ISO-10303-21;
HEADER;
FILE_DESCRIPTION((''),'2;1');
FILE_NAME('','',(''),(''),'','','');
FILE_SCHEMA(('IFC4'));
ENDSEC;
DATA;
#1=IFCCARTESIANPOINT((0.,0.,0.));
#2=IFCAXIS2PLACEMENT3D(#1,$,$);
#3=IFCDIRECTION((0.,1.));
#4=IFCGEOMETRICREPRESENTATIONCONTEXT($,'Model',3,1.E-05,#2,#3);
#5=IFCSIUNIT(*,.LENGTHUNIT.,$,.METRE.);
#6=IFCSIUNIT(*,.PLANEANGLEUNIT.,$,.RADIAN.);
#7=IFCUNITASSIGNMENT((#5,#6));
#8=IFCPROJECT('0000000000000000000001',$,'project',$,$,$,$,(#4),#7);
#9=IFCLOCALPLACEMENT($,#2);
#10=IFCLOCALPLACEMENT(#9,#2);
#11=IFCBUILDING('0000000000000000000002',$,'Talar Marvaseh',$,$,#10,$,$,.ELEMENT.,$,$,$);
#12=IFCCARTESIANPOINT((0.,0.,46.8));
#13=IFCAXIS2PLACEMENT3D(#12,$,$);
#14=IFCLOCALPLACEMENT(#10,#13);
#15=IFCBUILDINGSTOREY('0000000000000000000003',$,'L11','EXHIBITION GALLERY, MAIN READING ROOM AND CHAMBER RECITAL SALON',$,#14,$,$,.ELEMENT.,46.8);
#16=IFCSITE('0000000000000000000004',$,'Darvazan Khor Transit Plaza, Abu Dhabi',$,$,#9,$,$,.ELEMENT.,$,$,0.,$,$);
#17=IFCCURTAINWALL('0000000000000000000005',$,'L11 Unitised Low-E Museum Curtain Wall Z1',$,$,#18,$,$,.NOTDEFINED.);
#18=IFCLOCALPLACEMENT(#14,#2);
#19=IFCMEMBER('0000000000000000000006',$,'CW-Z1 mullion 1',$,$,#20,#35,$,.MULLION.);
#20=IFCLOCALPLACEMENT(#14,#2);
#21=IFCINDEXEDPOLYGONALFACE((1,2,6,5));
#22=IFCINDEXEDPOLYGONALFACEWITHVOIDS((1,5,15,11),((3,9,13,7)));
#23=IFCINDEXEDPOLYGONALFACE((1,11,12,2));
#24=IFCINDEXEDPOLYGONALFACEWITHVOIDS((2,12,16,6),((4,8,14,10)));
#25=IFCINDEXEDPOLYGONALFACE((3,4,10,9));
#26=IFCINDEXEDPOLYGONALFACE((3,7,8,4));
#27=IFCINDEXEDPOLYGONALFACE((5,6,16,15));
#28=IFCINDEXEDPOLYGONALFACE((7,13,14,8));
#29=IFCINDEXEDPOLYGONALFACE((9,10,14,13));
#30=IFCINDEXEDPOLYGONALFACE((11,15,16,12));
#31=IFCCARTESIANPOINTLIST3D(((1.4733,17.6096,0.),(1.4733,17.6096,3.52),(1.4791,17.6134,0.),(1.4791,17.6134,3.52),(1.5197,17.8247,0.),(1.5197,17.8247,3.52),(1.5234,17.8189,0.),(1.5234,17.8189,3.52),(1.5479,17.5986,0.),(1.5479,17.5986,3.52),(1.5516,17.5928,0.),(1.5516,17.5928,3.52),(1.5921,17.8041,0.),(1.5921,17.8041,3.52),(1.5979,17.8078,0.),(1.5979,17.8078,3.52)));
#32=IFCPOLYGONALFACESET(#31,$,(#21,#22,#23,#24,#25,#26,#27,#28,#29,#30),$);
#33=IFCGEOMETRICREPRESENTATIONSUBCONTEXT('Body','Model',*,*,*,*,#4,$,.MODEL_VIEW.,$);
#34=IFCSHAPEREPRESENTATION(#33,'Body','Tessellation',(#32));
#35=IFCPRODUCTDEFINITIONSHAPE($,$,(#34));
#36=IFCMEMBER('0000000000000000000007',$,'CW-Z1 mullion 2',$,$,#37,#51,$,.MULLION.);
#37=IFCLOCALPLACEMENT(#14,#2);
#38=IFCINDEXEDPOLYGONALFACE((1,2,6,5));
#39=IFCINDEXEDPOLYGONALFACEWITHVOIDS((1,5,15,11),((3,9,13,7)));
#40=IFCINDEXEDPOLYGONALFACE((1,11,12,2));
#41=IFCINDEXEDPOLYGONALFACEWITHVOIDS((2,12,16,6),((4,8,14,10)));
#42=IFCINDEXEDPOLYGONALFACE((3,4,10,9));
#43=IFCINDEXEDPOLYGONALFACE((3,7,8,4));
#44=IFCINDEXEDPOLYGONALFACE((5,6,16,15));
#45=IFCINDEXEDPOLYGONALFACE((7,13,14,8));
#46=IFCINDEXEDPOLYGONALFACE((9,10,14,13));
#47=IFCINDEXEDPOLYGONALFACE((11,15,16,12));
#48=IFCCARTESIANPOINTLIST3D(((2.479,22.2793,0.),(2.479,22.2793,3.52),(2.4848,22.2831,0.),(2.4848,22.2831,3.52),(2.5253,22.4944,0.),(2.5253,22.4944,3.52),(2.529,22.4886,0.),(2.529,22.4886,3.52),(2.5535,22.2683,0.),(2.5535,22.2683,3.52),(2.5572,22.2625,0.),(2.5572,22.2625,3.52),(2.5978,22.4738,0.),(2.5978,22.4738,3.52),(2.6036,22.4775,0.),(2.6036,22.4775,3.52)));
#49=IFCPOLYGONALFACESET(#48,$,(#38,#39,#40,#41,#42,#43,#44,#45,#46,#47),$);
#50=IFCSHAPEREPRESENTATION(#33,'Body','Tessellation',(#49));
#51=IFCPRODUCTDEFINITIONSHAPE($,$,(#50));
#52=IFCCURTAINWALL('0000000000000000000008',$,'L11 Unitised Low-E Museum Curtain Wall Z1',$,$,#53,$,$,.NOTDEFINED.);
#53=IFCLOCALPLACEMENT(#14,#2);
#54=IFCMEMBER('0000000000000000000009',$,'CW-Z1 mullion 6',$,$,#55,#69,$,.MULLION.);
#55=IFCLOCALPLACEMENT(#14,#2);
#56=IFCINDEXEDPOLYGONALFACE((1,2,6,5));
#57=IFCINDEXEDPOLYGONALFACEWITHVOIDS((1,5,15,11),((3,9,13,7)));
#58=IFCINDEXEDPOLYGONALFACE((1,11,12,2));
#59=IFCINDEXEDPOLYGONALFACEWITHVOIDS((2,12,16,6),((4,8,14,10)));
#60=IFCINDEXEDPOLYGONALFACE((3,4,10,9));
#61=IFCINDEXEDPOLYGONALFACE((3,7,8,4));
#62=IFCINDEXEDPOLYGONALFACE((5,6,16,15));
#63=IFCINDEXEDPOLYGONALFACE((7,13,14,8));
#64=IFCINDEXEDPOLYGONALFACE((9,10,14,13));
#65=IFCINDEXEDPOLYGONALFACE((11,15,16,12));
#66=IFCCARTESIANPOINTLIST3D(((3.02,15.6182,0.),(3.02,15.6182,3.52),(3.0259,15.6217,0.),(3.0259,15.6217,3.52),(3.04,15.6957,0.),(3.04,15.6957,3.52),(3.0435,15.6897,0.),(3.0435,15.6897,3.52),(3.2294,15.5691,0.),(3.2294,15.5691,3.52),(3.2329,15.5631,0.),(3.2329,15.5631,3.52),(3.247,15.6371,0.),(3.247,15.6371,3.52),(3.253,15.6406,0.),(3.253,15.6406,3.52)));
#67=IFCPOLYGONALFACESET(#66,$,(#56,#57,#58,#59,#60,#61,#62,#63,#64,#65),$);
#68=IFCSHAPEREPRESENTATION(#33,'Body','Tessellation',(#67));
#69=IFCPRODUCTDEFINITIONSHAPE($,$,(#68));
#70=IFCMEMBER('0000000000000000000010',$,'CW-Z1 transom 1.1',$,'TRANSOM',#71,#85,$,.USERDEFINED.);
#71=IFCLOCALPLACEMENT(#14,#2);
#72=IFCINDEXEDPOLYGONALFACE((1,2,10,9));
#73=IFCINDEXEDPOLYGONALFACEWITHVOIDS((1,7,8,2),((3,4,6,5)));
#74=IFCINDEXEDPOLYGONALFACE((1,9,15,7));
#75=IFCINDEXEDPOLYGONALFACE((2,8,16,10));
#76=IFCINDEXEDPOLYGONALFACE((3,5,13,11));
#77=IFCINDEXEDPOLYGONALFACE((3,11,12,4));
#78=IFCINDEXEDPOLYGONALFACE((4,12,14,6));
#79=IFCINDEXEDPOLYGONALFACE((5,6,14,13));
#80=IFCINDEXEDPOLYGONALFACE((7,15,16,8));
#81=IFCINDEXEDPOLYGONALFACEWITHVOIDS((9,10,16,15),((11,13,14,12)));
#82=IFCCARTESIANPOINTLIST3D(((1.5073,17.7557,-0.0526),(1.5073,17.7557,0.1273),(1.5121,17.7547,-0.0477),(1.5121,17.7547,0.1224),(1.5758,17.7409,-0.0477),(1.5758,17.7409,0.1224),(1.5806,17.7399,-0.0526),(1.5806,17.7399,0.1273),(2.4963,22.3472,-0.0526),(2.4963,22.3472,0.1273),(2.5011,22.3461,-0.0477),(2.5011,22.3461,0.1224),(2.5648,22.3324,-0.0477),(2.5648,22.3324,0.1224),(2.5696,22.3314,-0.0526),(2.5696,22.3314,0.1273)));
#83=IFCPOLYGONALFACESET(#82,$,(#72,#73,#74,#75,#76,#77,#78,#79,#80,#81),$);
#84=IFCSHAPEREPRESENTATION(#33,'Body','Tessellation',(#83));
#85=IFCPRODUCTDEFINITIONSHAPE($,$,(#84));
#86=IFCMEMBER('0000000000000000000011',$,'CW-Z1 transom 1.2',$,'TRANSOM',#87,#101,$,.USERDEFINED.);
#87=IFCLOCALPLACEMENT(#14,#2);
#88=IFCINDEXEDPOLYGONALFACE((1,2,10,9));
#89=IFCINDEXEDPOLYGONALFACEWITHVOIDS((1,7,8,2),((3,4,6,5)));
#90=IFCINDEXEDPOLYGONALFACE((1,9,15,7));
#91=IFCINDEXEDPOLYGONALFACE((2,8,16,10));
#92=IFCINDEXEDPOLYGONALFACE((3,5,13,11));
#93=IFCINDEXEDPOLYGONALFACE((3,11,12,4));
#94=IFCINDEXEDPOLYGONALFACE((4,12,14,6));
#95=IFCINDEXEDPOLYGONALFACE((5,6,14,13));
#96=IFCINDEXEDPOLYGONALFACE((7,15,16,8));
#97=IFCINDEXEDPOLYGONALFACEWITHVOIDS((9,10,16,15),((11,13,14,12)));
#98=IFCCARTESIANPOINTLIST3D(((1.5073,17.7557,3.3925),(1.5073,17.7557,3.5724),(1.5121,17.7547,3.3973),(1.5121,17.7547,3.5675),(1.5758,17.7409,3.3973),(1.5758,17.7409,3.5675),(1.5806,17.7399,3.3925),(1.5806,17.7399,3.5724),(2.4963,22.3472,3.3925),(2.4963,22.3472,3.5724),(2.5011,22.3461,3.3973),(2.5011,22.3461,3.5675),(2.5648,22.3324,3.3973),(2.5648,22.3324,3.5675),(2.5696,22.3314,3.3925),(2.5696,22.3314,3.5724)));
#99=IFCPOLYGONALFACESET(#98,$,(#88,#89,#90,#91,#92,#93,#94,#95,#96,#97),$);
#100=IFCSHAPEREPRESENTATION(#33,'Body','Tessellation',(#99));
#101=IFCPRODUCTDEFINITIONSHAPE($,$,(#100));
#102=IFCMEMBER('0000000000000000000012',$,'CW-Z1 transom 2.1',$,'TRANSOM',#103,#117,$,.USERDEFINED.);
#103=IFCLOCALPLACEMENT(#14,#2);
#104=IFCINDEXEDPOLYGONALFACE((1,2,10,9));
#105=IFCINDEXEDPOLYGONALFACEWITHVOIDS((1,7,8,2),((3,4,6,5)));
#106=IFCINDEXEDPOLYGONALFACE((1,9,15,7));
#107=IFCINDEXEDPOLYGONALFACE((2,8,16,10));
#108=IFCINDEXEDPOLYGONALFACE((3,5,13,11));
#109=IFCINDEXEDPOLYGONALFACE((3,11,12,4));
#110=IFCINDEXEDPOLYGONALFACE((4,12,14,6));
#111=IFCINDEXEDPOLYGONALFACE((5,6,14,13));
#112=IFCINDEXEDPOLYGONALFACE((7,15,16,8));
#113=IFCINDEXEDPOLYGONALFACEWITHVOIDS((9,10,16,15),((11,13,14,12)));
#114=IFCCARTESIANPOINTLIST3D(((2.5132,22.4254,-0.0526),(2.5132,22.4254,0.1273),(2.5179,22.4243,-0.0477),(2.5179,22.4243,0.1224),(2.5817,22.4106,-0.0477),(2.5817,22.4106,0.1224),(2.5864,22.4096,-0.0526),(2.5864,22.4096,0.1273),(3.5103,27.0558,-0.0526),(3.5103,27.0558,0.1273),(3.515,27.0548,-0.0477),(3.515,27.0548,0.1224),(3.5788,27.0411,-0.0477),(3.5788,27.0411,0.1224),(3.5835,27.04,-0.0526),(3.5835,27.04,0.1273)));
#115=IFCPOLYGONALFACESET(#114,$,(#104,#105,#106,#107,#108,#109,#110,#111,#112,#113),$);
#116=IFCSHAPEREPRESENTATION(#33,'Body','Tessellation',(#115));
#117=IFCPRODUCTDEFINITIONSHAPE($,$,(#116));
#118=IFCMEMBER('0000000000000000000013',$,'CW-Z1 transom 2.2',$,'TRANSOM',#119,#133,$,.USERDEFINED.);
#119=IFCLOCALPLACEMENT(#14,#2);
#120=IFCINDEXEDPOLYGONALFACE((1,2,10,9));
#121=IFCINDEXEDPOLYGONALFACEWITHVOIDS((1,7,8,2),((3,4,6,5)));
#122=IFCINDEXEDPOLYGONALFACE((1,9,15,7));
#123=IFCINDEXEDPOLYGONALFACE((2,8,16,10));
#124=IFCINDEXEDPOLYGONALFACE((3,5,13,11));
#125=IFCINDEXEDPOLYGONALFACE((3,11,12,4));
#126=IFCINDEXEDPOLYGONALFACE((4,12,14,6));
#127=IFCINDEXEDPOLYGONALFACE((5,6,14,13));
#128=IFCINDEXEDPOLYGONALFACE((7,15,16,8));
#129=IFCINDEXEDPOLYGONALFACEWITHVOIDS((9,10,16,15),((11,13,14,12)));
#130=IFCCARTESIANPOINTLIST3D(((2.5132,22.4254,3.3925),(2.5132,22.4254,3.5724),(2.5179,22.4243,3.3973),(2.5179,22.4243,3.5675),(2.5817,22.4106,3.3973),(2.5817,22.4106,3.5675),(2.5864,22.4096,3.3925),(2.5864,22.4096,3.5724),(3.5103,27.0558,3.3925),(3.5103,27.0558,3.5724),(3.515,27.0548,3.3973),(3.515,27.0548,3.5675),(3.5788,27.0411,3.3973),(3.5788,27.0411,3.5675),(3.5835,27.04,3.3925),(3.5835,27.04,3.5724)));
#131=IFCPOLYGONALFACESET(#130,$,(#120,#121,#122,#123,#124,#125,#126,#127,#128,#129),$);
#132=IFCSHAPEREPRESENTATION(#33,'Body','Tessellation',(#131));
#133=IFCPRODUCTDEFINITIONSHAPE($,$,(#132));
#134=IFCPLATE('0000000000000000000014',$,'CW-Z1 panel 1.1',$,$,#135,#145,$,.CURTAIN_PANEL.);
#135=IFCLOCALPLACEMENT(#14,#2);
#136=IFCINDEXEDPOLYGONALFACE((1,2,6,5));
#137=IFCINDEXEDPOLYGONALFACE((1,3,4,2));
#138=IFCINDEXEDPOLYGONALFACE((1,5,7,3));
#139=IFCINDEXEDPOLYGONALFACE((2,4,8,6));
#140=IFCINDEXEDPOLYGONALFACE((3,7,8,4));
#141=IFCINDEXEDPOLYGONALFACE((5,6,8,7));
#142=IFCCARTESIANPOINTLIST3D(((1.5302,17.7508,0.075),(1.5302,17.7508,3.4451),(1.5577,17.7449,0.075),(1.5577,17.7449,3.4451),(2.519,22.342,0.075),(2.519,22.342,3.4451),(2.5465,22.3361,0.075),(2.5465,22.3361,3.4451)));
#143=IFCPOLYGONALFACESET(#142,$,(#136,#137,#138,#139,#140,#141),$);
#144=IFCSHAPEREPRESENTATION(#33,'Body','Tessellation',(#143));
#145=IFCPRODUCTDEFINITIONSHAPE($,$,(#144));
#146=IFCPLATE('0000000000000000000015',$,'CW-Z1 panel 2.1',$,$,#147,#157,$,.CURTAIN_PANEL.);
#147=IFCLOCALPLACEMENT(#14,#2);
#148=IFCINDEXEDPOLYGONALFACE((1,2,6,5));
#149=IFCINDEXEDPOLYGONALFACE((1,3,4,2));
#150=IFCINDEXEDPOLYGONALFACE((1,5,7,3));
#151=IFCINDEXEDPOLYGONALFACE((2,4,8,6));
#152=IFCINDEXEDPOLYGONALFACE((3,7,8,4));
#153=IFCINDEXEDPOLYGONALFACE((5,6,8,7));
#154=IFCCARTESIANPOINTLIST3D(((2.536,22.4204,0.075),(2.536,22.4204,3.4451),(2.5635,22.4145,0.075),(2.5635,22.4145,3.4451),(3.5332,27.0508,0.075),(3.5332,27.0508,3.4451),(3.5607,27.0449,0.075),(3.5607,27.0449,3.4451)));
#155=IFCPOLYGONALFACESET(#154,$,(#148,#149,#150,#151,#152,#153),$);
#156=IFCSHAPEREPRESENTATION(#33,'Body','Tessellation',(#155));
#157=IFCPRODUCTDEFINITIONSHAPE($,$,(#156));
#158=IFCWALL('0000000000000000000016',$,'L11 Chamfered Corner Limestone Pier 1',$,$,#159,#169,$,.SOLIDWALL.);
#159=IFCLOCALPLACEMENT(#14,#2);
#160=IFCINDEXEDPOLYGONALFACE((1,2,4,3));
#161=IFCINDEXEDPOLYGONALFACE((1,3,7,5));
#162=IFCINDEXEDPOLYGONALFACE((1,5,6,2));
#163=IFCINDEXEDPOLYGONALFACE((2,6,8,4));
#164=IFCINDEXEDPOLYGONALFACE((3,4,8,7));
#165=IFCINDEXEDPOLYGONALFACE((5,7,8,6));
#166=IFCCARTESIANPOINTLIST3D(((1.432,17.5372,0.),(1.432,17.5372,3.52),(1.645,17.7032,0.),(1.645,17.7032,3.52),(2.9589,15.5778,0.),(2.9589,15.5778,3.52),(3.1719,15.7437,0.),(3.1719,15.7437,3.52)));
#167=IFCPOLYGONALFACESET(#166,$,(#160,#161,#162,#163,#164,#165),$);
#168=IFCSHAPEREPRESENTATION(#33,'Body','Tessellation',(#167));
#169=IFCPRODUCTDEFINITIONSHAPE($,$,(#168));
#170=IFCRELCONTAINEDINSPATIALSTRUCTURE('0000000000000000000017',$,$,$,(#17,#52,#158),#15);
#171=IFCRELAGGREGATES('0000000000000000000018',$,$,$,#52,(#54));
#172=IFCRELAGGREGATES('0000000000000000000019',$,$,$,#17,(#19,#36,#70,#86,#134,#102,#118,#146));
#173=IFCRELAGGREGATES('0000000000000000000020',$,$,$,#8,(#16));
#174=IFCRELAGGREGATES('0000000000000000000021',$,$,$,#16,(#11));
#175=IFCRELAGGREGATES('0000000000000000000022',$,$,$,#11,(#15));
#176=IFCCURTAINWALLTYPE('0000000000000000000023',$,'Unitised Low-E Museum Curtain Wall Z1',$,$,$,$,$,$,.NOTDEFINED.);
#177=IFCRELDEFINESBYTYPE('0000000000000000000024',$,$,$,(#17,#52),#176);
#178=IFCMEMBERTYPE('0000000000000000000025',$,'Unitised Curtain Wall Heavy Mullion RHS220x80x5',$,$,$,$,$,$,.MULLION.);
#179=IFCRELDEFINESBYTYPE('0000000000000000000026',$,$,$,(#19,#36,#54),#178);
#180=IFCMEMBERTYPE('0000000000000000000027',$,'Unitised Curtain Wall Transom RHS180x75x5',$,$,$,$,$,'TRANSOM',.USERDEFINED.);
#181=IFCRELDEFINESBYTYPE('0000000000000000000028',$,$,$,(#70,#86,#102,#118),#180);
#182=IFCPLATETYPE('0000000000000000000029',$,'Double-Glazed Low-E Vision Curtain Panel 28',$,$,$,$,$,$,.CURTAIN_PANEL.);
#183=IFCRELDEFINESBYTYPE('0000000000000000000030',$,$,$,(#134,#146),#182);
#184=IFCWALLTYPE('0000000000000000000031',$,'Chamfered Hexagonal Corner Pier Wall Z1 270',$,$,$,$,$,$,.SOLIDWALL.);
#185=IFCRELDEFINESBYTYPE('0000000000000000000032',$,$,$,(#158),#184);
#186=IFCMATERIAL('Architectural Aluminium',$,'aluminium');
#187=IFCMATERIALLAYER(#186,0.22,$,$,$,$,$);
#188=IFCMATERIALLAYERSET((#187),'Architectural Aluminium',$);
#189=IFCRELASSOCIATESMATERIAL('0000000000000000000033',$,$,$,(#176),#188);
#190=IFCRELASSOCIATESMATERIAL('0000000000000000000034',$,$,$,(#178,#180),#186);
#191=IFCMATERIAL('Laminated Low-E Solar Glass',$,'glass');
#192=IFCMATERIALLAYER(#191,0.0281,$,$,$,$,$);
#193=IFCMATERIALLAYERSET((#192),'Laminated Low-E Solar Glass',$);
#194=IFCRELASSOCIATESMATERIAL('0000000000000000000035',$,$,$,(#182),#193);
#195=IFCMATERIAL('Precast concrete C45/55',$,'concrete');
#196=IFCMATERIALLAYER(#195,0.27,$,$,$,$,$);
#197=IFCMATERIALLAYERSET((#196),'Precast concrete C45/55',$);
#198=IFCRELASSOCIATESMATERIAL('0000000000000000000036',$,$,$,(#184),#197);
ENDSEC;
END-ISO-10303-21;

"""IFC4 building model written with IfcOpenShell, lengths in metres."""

from ifc_helpers import new_model, si_unit, direction, frame, frame_2d, origin, origin_2d, place, context, subcontext, project, spatial, rectangle, hollow_rectangle, extrude, source, transform, mapped, material, layer, layer_set, material_profile, profile_set, type_object, type_shapes, element, aggregate, save


model = new_model("IFC4")

# Units and contexts
model_context = context("Model", 3, precision=1e-05, world=origin(), true_north=direction((0.0, 1.0)))
body_context = subcontext(model_context, "Body", "Model", "MODEL_VIEW")
ifc_project = project(units=[si_unit("LENGTHUNIT", "METRE"), si_unit("PLANEANGLEUNIT", "RADIAN")], contexts=[model_context])

# Site, building, storey
site_placement = place(None, origin())
site = spatial("IfcSite", under=ifc_project, at=site_placement, Name="Darvazan Khor Transit Plaza, Abu Dhabi", CompositionType="ELEMENT", RefElevation=0.0)
building_placement = place(site_placement, origin())
building = spatial("IfcBuilding", under=site, at=building_placement, Name="Talar Marvaseh", CompositionType="ELEMENT")
storey_placement = place(building_placement, frame((0.0, 0.0, 46.8)))
storey = spatial("IfcBuildingStorey", under=building, at=storey_placement, Name="L11", Description="EXHIBITION GALLERY, MAIN READING ROOM AND CHAMBER RECITAL SALON", CompositionType="ELEMENT", Elevation=46.8)

# Curtain wall, members
ifc_material_1 = material(Name="Architectural Aluminium", Category="aluminium")
ifc_layer_1 = layer(ifc_material_1, 0.22)
ifc_layer_set_1 = layer_set([ifc_layer_1], Name="Architectural Aluminium")
curtain_wall_type = type_object("IfcCurtainWallType", Name="Unitised Low-E Museum Curtain Wall Z1", PredefinedType="NOTDEFINED", material=ifc_layer_set_1)
curtain_wall_1_placement = place(storey_placement, origin())
curtain_wall_1 = element("IfcCurtainWall", 1, at=curtain_wall_1_placement, inside=storey, type_object=curtain_wall_type, Name="L11 Unitised Low-E Museum Curtain Wall Z1", PredefinedType="NOTDEFINED")
ifc_material_profile_1 = material_profile(ifc_material_1, hollow_rectangle(XDim=0.0801, YDim=0.22, WallThickness=0.0049, at=origin_2d()), Name="RHS220x80x5")
ifc_profile_set_1 = profile_set([ifc_material_profile_1], Name="Architectural Aluminium")
member_type_1 = type_object("IfcMemberType", Name="Unitised Curtain Wall Heavy Mullion RHS220x80x5", PredefinedType="MULLION", material=ifc_profile_set_1)
shared_shape_1 = source(origin(), body_context, "Body", "SweptSolid", [
    extrude(hollow_rectangle(XDim=0.0801, YDim=0.22, WallThickness=0.0049, at=origin_2d()), origin(), (0.0, 0.0, 1.0), 3.52),
])
type_shapes(member_type_1, [shared_shape_1])
member_1_placement = place(storey_placement, frame((1.5356, 17.7087, 0.0), z_axis=(0.0, 0.0, 1.0), x_axis=(-0.977586, 0.210537, 0.0)))
member_1 = element("IfcMember", 2, at=member_1_placement, type_object=member_type_1, Name="CW-Z1 mullion 1", PredefinedType="MULLION", context=body_context, shape_type="MappedRepresentation", body=[
    mapped(shared_shape_1, transform((0.0, 0.0, 0.0), x_axis=(1.0, 0.0, 0.0), y_axis=(0.0, 1.0, 0.0), z_axis=(0.0, 0.0, 1.0), scale=1.0)),
])
member_2_placement = place(storey_placement, frame((2.5413, 22.3784, 0.0), z_axis=(0.0, 0.0, 1.0), x_axis=(-0.977586, 0.210537, 0.0)))
member_2 = element("IfcMember", 3, at=member_2_placement, type_object=member_type_1, Name="CW-Z1 mullion 2", PredefinedType="MULLION", context=body_context, shape_type="MappedRepresentation", body=[
    mapped(shared_shape_1, transform((0.0, 0.0, 0.0), x_axis=(1.0, 0.0, 0.0), y_axis=(0.0, 1.0, 0.0), z_axis=(0.0, 0.0, 1.0), scale=1.0)),
])

# Curtain wall, member
curtain_wall_2_placement = place(storey_placement, origin())
curtain_wall_2 = element("IfcCurtainWall", 4, at=curtain_wall_2_placement, inside=storey, type_object=curtain_wall_type, Name="L11 Unitised Low-E Museum Curtain Wall Z1", PredefinedType="NOTDEFINED")
member_3_placement = place(storey_placement, frame((3.1365, 15.6294, 0.0), z_axis=(0.0, 0.0, 1.0), x_axis=(-0.250228, -0.968187, 0.0)))
member_3 = element("IfcMember", 5, at=member_3_placement, type_object=member_type_1, Name="CW-Z1 mullion 6", PredefinedType="MULLION", context=body_context, shape_type="MappedRepresentation", body=[
    mapped(shared_shape_1, transform((0.0, 0.0, 0.0), x_axis=(1.0, 0.0, 0.0), y_axis=(0.0, 1.0, 0.0), z_axis=(0.0, 0.0, 1.0), scale=1.0)),
])
aggregate(curtain_wall_2, [member_3])

# Members
ifc_material_profile_2 = material_profile(ifc_material_1, hollow_rectangle(XDim=0.075, YDim=0.1799, WallThickness=0.0049, at=origin_2d()), Name="RHS180x75x5")
ifc_profile_set_2 = profile_set([ifc_material_profile_2], Name="Architectural Aluminium")
member_type_2 = type_object("IfcMemberType", Name="Unitised Curtain Wall Transom RHS180x75x5", ElementType="TRANSOM", PredefinedType="USERDEFINED", material=ifc_profile_set_2)
shared_shape_2 = source(origin(), body_context, "Body", "SweptSolid", [
    extrude(hollow_rectangle(XDim=0.075, YDim=0.1799, WallThickness=0.0049, at=origin_2d()), origin(), (0.0, 0.0, 1.0), 4.6968),
])
member_4_placement = place(storey_placement, frame((1.5439, 17.7478, 0.0374), z_axis=(0.210569, 0.977579, 0.0), x_axis=(-0.977579, 0.210569, 0.0)))
member_4 = element("IfcMember", 6, at=member_4_placement, type_object=member_type_2, Name="CW-Z1 transom 1.1", ObjectType="TRANSOM", PredefinedType="USERDEFINED", context=body_context, shape_type="MappedRepresentation", body=[
    mapped(shared_shape_2, transform((0.0, 0.0, 0.0), x_axis=(1.0, 0.0, 0.0), y_axis=(0.0, 1.0, 0.0), z_axis=(0.0, 0.0, 1.0), scale=1.0)),
])
member_5_placement = place(storey_placement, frame((1.5439, 17.7478, 3.4824), z_axis=(0.210569, 0.977579, 0.0), x_axis=(-0.977579, 0.210569, 0.0)))
member_5 = element("IfcMember", 7, at=member_5_placement, type_object=member_type_2, Name="CW-Z1 transom 1.2", ObjectType="TRANSOM", PredefinedType="USERDEFINED", context=body_context, shape_type="MappedRepresentation", body=[
    mapped(shared_shape_2, transform((0.0, 0.0, 0.0), x_axis=(1.0, 0.0, 0.0), y_axis=(0.0, 1.0, 0.0), z_axis=(0.0, 0.0, 1.0), scale=1.0)),
])
shared_shape_3 = source(origin(), body_context, "Body", "SweptSolid", [
    extrude(hollow_rectangle(XDim=0.075, YDim=0.1799, WallThickness=0.0049, at=origin_2d()), origin(), (0.0, 0.0, 1.0), 4.7366),
])
type_shapes(member_type_2, [shared_shape_2, shared_shape_3])
member_6_placement = place(storey_placement, frame((2.5498, 22.4175, 0.0374), z_axis=(0.210508, 0.977592, 0.0), x_axis=(-0.977592, 0.210508, 0.0)))
member_6 = element("IfcMember", 8, at=member_6_placement, type_object=member_type_2, Name="CW-Z1 transom 2.1", ObjectType="TRANSOM", PredefinedType="USERDEFINED", context=body_context, shape_type="MappedRepresentation", body=[
    mapped(shared_shape_3, transform((0.0, 0.0, 0.0), x_axis=(1.0, 0.0, 0.0), y_axis=(0.0, 1.0, 0.0), z_axis=(0.0, 0.0, 1.0), scale=1.0)),
])
member_7_placement = place(storey_placement, frame((2.5498, 22.4175, 3.4824), z_axis=(0.210508, 0.977592, 0.0), x_axis=(-0.977592, 0.210508, 0.0)))
member_7 = element("IfcMember", 9, at=member_7_placement, type_object=member_type_2, Name="CW-Z1 transom 2.2", ObjectType="TRANSOM", PredefinedType="USERDEFINED", context=body_context, shape_type="MappedRepresentation", body=[
    mapped(shared_shape_3, transform((0.0, 0.0, 0.0), x_axis=(1.0, 0.0, 0.0), y_axis=(0.0, 1.0, 0.0), z_axis=(0.0, 0.0, 1.0), scale=1.0)),
])

# Plates
ifc_material_2 = material(Name="Laminated Low-E Solar Glass", Category="glass")
ifc_layer_2 = layer(ifc_material_2, 0.0281)
ifc_layer_set_2 = layer_set([ifc_layer_2], Name="Laminated Low-E Solar Glass")
plate_type = type_object("IfcPlateType", Name="Double-Glazed Low-E Vision Curtain Panel 28", PredefinedType="CURTAIN_PANEL", material=ifc_layer_set_2)
shared_shape_4 = source(origin(), body_context, "Body", "SweptSolid", [
    extrude(rectangle(XDim=4.6965, YDim=0.0281, at=origin_2d()), origin(), (0.0, 0.0, 1.0), 3.3701),
])
plate_1_placement = place(storey_placement, frame((2.0383, 20.0435, 0.075), z_axis=(0.0, 0.0, 1.0), x_axis=(0.210537, 0.977586, 0.0)))
plate_1 = element("IfcPlate", 10, at=plate_1_placement, type_object=plate_type, Name="CW-Z1 panel 1.1", PredefinedType="CURTAIN_PANEL", context=body_context, shape_type="MappedRepresentation", body=[
    mapped(shared_shape_4, transform((0.0, 0.0, 0.0), x_axis=(1.0, 0.0, 0.0), y_axis=(0.0, 1.0, 0.0), z_axis=(0.0, 0.0, 1.0), scale=1.0)),
])
shared_shape_5 = source(origin(), body_context, "Body", "SweptSolid", [
    extrude(rectangle(XDim=4.7366, YDim=0.0281, at=origin_2d()), origin(), (0.0, 0.0, 1.0), 3.3701),
])
type_shapes(plate_type, [shared_shape_4, shared_shape_5])
plate_2_placement = place(storey_placement, frame((3.0483, 24.7327, 0.075), z_axis=(0.0, 0.0, 1.0), x_axis=(0.210537, 0.977586, 0.0)))
plate_2 = element("IfcPlate", 11, at=plate_2_placement, type_object=plate_type, Name="CW-Z1 panel 2.1", PredefinedType="CURTAIN_PANEL", context=body_context, shape_type="MappedRepresentation", body=[
    mapped(shared_shape_5, transform((0.0, 0.0, 0.0), x_axis=(1.0, 0.0, 0.0), y_axis=(0.0, 1.0, 0.0), z_axis=(0.0, 0.0, 1.0), scale=1.0)),
])
aggregate(curtain_wall_1, [member_1, member_2, member_4, member_5, plate_1, member_6, member_7, plate_2])

# Wall
ifc_material_3 = material(Name="Precast concrete C45/55", Category="concrete")
ifc_layer_3 = layer(ifc_material_3, 0.27)
ifc_layer_set_3 = layer_set([ifc_layer_3], Name="Precast concrete C45/55")
wall_type_1 = type_object("IfcWallType", Name="Chamfered Hexagonal Corner Pier Wall Z1 270", PredefinedType="SOLIDWALL", material=ifc_layer_set_3)
wall_1_placement = place(storey_placement, frame((3.0654, 15.6606, 0.0), z_axis=(0.0, 0.0, 1.0), x_axis=(-0.614648, 0.788802, 0.0)))
element("IfcWall", 12, at=wall_1_placement, inside=storey, type_object=wall_type_1, Name="L11 Chamfered Corner Limestone Pier 1", PredefinedType="SOLIDWALL", context=body_context, shape_type="SweptSolid", body=[
    extrude(rectangle(XDim=2.4841, YDim=0.27, at=frame_2d((1.2422, 0.0))), origin(), (0.0, 0.0, 1.0), 3.52),
])

save(model, "model.ifc")
